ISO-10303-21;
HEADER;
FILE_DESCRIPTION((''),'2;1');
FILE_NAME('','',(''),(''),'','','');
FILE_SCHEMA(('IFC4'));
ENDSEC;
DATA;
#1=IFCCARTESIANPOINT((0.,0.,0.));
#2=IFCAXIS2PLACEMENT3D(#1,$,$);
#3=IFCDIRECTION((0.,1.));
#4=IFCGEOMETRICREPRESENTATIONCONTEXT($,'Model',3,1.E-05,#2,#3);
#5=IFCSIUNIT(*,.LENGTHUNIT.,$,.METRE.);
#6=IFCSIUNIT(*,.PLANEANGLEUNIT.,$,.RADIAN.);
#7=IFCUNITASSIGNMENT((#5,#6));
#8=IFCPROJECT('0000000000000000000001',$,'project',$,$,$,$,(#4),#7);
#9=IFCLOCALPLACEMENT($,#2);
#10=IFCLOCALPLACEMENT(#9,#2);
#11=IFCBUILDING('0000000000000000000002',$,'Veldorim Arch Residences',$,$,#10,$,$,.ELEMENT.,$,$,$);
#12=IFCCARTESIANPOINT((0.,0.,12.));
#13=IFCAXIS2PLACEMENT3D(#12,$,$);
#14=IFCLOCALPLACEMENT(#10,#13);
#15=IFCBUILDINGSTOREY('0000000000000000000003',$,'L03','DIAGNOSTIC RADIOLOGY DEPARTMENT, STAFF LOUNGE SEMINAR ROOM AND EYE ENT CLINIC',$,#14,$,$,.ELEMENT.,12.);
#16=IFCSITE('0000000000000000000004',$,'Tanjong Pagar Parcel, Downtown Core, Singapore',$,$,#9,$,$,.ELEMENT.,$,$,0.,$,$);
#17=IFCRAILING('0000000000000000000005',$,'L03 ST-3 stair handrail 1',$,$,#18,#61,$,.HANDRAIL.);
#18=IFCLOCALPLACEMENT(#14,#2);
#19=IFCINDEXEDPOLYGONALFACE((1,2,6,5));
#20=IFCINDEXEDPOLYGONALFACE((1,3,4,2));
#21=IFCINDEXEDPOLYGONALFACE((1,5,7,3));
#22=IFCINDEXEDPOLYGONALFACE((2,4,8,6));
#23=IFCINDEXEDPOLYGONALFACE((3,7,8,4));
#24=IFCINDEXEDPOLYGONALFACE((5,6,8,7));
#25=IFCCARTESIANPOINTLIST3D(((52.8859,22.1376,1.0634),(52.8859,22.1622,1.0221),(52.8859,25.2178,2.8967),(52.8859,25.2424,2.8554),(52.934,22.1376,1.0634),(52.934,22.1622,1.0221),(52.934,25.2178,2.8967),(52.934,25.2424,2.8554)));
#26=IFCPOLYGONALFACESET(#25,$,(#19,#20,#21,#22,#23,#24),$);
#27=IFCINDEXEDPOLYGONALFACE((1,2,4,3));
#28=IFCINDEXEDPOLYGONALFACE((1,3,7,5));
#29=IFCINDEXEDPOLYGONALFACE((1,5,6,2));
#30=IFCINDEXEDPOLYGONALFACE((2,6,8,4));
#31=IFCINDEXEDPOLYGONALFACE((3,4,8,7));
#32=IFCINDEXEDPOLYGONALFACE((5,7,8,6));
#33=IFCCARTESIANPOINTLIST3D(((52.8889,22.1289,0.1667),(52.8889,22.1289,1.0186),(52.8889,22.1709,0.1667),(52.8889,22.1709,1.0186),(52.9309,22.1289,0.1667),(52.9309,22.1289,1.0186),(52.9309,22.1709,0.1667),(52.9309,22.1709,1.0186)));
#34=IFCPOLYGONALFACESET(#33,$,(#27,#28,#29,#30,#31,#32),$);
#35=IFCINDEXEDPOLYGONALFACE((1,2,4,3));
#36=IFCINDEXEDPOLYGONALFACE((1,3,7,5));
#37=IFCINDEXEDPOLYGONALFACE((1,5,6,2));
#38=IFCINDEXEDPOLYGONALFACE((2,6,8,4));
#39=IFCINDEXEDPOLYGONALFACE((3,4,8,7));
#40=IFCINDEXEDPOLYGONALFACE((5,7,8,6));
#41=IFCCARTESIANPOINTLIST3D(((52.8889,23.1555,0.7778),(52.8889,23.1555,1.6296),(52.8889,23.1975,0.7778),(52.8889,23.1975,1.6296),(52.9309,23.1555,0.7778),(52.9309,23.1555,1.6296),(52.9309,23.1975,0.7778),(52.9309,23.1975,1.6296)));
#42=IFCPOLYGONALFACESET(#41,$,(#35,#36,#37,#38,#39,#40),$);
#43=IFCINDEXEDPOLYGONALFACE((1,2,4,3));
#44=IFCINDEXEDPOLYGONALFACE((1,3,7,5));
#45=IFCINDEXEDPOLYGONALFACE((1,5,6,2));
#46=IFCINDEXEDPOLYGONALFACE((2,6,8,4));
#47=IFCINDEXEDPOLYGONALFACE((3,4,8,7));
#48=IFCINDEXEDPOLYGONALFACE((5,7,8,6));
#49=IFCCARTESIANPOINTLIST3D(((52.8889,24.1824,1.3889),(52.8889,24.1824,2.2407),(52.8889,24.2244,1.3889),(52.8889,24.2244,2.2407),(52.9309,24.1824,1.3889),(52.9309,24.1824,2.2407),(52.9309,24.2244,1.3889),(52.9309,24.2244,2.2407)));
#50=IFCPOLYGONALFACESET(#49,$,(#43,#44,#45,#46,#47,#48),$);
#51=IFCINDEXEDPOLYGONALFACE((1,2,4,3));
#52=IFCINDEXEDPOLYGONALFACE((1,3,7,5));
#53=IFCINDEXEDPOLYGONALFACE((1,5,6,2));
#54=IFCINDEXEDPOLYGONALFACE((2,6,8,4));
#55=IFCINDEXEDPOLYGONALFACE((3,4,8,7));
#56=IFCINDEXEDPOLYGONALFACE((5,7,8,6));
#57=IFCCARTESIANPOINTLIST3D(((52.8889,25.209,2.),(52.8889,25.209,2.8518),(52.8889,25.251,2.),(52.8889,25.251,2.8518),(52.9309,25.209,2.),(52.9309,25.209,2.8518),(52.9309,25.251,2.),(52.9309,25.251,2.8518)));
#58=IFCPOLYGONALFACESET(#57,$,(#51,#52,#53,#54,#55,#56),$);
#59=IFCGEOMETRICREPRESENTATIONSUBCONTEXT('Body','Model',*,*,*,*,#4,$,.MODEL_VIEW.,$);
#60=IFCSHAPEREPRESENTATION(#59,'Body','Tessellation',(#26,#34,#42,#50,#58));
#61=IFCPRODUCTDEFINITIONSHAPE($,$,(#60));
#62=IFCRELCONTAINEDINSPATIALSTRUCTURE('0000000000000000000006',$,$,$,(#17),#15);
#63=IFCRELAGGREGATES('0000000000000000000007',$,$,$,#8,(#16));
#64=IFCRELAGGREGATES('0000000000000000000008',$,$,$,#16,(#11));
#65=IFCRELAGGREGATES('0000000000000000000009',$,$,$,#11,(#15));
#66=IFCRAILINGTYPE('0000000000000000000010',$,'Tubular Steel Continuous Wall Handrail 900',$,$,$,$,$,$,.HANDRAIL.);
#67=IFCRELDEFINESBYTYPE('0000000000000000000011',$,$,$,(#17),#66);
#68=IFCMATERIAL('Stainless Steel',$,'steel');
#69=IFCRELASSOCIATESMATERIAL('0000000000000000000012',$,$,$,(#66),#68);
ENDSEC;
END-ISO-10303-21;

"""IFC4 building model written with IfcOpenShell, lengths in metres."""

from ifc_helpers import new_model, si_unit, direction, frame, origin, origin_2d, place, context, subcontext, project, spatial, rectangle, extrude, material, type_object, element, save


model = new_model("IFC4")

# Units and contexts
model_context = context("Model", 3, precision=1e-05, world=origin(), true_north=direction((0.0, 1.0)))
body_context = subcontext(model_context, "Body", "Model", "MODEL_VIEW")
ifc_project = project(units=[si_unit("LENGTHUNIT", "METRE"), si_unit("PLANEANGLEUNIT", "RADIAN")], contexts=[model_context])

# Site, building, storey
site_placement = place(None, origin())
site = spatial("IfcSite", under=ifc_project, at=site_placement, Name="Tanjong Pagar Parcel, Downtown Core, Singapore", CompositionType="ELEMENT", RefElevation=0.0)
building_placement = place(site_placement, origin())
building = spatial("IfcBuilding", under=site, at=building_placement, Name="Veldorim Arch Residences", CompositionType="ELEMENT")
storey_placement = place(building_placement, frame((0.0, 0.0, 12.0)))
storey = spatial("IfcBuildingStorey", under=building, at=storey_placement, Name="L03", Description="DIAGNOSTIC RADIOLOGY DEPARTMENT, STAFF LOUNGE SEMINAR ROOM AND EYE ENT CLINIC", CompositionType="ELEMENT", Elevation=12.0)

# Railing
ifc_material_1 = material(Name="Stainless Steel", Category="steel")
railing_type_1 = type_object("IfcRailingType", Name="Tubular Steel Continuous Wall Handrail 900", PredefinedType="HANDRAIL", material=ifc_material_1)
railing_1_placement = place(storey_placement, frame((52.9099, 22.1499, 0.1667)))
element("IfcRailing", 1, at=railing_1_placement, inside=storey, type_object=railing_type_1, Name="L03 ST-3 stair handrail 1", PredefinedType="HANDRAIL", context=body_context, shape_type="SweptSolid", body=[
    extrude(rectangle(XDim=0.0481, YDim=0.0481, at=origin_2d()), frame((0.0, 0.0, 0.876), z_axis=(0.0, 0.859309, 0.511458), x_axis=(-1.0, 0.0, 0.0)), (0.0, 0.0, 1.0), 3.5845),
    extrude(rectangle(XDim=0.042, YDim=0.042, at=origin_2d()), origin(), (0.0, 0.0, 1.0), 0.8518),
    extrude(rectangle(XDim=0.042, YDim=0.042, at=origin_2d()), frame((0.0, 1.0266, 0.6111)), (0.0, 0.0, 1.0), 0.8518),
    extrude(rectangle(XDim=0.042, YDim=0.042, at=origin_2d()), frame((0.0, 2.0535, 1.2222)), (0.0, 0.0, 1.0), 0.8518),
    extrude(rectangle(XDim=0.042, YDim=0.042, at=origin_2d()), frame((0.0, 3.0801, 1.8333)), (0.0, 0.0, 1.0), 0.8518),
])

save(model, "model.ifc")
